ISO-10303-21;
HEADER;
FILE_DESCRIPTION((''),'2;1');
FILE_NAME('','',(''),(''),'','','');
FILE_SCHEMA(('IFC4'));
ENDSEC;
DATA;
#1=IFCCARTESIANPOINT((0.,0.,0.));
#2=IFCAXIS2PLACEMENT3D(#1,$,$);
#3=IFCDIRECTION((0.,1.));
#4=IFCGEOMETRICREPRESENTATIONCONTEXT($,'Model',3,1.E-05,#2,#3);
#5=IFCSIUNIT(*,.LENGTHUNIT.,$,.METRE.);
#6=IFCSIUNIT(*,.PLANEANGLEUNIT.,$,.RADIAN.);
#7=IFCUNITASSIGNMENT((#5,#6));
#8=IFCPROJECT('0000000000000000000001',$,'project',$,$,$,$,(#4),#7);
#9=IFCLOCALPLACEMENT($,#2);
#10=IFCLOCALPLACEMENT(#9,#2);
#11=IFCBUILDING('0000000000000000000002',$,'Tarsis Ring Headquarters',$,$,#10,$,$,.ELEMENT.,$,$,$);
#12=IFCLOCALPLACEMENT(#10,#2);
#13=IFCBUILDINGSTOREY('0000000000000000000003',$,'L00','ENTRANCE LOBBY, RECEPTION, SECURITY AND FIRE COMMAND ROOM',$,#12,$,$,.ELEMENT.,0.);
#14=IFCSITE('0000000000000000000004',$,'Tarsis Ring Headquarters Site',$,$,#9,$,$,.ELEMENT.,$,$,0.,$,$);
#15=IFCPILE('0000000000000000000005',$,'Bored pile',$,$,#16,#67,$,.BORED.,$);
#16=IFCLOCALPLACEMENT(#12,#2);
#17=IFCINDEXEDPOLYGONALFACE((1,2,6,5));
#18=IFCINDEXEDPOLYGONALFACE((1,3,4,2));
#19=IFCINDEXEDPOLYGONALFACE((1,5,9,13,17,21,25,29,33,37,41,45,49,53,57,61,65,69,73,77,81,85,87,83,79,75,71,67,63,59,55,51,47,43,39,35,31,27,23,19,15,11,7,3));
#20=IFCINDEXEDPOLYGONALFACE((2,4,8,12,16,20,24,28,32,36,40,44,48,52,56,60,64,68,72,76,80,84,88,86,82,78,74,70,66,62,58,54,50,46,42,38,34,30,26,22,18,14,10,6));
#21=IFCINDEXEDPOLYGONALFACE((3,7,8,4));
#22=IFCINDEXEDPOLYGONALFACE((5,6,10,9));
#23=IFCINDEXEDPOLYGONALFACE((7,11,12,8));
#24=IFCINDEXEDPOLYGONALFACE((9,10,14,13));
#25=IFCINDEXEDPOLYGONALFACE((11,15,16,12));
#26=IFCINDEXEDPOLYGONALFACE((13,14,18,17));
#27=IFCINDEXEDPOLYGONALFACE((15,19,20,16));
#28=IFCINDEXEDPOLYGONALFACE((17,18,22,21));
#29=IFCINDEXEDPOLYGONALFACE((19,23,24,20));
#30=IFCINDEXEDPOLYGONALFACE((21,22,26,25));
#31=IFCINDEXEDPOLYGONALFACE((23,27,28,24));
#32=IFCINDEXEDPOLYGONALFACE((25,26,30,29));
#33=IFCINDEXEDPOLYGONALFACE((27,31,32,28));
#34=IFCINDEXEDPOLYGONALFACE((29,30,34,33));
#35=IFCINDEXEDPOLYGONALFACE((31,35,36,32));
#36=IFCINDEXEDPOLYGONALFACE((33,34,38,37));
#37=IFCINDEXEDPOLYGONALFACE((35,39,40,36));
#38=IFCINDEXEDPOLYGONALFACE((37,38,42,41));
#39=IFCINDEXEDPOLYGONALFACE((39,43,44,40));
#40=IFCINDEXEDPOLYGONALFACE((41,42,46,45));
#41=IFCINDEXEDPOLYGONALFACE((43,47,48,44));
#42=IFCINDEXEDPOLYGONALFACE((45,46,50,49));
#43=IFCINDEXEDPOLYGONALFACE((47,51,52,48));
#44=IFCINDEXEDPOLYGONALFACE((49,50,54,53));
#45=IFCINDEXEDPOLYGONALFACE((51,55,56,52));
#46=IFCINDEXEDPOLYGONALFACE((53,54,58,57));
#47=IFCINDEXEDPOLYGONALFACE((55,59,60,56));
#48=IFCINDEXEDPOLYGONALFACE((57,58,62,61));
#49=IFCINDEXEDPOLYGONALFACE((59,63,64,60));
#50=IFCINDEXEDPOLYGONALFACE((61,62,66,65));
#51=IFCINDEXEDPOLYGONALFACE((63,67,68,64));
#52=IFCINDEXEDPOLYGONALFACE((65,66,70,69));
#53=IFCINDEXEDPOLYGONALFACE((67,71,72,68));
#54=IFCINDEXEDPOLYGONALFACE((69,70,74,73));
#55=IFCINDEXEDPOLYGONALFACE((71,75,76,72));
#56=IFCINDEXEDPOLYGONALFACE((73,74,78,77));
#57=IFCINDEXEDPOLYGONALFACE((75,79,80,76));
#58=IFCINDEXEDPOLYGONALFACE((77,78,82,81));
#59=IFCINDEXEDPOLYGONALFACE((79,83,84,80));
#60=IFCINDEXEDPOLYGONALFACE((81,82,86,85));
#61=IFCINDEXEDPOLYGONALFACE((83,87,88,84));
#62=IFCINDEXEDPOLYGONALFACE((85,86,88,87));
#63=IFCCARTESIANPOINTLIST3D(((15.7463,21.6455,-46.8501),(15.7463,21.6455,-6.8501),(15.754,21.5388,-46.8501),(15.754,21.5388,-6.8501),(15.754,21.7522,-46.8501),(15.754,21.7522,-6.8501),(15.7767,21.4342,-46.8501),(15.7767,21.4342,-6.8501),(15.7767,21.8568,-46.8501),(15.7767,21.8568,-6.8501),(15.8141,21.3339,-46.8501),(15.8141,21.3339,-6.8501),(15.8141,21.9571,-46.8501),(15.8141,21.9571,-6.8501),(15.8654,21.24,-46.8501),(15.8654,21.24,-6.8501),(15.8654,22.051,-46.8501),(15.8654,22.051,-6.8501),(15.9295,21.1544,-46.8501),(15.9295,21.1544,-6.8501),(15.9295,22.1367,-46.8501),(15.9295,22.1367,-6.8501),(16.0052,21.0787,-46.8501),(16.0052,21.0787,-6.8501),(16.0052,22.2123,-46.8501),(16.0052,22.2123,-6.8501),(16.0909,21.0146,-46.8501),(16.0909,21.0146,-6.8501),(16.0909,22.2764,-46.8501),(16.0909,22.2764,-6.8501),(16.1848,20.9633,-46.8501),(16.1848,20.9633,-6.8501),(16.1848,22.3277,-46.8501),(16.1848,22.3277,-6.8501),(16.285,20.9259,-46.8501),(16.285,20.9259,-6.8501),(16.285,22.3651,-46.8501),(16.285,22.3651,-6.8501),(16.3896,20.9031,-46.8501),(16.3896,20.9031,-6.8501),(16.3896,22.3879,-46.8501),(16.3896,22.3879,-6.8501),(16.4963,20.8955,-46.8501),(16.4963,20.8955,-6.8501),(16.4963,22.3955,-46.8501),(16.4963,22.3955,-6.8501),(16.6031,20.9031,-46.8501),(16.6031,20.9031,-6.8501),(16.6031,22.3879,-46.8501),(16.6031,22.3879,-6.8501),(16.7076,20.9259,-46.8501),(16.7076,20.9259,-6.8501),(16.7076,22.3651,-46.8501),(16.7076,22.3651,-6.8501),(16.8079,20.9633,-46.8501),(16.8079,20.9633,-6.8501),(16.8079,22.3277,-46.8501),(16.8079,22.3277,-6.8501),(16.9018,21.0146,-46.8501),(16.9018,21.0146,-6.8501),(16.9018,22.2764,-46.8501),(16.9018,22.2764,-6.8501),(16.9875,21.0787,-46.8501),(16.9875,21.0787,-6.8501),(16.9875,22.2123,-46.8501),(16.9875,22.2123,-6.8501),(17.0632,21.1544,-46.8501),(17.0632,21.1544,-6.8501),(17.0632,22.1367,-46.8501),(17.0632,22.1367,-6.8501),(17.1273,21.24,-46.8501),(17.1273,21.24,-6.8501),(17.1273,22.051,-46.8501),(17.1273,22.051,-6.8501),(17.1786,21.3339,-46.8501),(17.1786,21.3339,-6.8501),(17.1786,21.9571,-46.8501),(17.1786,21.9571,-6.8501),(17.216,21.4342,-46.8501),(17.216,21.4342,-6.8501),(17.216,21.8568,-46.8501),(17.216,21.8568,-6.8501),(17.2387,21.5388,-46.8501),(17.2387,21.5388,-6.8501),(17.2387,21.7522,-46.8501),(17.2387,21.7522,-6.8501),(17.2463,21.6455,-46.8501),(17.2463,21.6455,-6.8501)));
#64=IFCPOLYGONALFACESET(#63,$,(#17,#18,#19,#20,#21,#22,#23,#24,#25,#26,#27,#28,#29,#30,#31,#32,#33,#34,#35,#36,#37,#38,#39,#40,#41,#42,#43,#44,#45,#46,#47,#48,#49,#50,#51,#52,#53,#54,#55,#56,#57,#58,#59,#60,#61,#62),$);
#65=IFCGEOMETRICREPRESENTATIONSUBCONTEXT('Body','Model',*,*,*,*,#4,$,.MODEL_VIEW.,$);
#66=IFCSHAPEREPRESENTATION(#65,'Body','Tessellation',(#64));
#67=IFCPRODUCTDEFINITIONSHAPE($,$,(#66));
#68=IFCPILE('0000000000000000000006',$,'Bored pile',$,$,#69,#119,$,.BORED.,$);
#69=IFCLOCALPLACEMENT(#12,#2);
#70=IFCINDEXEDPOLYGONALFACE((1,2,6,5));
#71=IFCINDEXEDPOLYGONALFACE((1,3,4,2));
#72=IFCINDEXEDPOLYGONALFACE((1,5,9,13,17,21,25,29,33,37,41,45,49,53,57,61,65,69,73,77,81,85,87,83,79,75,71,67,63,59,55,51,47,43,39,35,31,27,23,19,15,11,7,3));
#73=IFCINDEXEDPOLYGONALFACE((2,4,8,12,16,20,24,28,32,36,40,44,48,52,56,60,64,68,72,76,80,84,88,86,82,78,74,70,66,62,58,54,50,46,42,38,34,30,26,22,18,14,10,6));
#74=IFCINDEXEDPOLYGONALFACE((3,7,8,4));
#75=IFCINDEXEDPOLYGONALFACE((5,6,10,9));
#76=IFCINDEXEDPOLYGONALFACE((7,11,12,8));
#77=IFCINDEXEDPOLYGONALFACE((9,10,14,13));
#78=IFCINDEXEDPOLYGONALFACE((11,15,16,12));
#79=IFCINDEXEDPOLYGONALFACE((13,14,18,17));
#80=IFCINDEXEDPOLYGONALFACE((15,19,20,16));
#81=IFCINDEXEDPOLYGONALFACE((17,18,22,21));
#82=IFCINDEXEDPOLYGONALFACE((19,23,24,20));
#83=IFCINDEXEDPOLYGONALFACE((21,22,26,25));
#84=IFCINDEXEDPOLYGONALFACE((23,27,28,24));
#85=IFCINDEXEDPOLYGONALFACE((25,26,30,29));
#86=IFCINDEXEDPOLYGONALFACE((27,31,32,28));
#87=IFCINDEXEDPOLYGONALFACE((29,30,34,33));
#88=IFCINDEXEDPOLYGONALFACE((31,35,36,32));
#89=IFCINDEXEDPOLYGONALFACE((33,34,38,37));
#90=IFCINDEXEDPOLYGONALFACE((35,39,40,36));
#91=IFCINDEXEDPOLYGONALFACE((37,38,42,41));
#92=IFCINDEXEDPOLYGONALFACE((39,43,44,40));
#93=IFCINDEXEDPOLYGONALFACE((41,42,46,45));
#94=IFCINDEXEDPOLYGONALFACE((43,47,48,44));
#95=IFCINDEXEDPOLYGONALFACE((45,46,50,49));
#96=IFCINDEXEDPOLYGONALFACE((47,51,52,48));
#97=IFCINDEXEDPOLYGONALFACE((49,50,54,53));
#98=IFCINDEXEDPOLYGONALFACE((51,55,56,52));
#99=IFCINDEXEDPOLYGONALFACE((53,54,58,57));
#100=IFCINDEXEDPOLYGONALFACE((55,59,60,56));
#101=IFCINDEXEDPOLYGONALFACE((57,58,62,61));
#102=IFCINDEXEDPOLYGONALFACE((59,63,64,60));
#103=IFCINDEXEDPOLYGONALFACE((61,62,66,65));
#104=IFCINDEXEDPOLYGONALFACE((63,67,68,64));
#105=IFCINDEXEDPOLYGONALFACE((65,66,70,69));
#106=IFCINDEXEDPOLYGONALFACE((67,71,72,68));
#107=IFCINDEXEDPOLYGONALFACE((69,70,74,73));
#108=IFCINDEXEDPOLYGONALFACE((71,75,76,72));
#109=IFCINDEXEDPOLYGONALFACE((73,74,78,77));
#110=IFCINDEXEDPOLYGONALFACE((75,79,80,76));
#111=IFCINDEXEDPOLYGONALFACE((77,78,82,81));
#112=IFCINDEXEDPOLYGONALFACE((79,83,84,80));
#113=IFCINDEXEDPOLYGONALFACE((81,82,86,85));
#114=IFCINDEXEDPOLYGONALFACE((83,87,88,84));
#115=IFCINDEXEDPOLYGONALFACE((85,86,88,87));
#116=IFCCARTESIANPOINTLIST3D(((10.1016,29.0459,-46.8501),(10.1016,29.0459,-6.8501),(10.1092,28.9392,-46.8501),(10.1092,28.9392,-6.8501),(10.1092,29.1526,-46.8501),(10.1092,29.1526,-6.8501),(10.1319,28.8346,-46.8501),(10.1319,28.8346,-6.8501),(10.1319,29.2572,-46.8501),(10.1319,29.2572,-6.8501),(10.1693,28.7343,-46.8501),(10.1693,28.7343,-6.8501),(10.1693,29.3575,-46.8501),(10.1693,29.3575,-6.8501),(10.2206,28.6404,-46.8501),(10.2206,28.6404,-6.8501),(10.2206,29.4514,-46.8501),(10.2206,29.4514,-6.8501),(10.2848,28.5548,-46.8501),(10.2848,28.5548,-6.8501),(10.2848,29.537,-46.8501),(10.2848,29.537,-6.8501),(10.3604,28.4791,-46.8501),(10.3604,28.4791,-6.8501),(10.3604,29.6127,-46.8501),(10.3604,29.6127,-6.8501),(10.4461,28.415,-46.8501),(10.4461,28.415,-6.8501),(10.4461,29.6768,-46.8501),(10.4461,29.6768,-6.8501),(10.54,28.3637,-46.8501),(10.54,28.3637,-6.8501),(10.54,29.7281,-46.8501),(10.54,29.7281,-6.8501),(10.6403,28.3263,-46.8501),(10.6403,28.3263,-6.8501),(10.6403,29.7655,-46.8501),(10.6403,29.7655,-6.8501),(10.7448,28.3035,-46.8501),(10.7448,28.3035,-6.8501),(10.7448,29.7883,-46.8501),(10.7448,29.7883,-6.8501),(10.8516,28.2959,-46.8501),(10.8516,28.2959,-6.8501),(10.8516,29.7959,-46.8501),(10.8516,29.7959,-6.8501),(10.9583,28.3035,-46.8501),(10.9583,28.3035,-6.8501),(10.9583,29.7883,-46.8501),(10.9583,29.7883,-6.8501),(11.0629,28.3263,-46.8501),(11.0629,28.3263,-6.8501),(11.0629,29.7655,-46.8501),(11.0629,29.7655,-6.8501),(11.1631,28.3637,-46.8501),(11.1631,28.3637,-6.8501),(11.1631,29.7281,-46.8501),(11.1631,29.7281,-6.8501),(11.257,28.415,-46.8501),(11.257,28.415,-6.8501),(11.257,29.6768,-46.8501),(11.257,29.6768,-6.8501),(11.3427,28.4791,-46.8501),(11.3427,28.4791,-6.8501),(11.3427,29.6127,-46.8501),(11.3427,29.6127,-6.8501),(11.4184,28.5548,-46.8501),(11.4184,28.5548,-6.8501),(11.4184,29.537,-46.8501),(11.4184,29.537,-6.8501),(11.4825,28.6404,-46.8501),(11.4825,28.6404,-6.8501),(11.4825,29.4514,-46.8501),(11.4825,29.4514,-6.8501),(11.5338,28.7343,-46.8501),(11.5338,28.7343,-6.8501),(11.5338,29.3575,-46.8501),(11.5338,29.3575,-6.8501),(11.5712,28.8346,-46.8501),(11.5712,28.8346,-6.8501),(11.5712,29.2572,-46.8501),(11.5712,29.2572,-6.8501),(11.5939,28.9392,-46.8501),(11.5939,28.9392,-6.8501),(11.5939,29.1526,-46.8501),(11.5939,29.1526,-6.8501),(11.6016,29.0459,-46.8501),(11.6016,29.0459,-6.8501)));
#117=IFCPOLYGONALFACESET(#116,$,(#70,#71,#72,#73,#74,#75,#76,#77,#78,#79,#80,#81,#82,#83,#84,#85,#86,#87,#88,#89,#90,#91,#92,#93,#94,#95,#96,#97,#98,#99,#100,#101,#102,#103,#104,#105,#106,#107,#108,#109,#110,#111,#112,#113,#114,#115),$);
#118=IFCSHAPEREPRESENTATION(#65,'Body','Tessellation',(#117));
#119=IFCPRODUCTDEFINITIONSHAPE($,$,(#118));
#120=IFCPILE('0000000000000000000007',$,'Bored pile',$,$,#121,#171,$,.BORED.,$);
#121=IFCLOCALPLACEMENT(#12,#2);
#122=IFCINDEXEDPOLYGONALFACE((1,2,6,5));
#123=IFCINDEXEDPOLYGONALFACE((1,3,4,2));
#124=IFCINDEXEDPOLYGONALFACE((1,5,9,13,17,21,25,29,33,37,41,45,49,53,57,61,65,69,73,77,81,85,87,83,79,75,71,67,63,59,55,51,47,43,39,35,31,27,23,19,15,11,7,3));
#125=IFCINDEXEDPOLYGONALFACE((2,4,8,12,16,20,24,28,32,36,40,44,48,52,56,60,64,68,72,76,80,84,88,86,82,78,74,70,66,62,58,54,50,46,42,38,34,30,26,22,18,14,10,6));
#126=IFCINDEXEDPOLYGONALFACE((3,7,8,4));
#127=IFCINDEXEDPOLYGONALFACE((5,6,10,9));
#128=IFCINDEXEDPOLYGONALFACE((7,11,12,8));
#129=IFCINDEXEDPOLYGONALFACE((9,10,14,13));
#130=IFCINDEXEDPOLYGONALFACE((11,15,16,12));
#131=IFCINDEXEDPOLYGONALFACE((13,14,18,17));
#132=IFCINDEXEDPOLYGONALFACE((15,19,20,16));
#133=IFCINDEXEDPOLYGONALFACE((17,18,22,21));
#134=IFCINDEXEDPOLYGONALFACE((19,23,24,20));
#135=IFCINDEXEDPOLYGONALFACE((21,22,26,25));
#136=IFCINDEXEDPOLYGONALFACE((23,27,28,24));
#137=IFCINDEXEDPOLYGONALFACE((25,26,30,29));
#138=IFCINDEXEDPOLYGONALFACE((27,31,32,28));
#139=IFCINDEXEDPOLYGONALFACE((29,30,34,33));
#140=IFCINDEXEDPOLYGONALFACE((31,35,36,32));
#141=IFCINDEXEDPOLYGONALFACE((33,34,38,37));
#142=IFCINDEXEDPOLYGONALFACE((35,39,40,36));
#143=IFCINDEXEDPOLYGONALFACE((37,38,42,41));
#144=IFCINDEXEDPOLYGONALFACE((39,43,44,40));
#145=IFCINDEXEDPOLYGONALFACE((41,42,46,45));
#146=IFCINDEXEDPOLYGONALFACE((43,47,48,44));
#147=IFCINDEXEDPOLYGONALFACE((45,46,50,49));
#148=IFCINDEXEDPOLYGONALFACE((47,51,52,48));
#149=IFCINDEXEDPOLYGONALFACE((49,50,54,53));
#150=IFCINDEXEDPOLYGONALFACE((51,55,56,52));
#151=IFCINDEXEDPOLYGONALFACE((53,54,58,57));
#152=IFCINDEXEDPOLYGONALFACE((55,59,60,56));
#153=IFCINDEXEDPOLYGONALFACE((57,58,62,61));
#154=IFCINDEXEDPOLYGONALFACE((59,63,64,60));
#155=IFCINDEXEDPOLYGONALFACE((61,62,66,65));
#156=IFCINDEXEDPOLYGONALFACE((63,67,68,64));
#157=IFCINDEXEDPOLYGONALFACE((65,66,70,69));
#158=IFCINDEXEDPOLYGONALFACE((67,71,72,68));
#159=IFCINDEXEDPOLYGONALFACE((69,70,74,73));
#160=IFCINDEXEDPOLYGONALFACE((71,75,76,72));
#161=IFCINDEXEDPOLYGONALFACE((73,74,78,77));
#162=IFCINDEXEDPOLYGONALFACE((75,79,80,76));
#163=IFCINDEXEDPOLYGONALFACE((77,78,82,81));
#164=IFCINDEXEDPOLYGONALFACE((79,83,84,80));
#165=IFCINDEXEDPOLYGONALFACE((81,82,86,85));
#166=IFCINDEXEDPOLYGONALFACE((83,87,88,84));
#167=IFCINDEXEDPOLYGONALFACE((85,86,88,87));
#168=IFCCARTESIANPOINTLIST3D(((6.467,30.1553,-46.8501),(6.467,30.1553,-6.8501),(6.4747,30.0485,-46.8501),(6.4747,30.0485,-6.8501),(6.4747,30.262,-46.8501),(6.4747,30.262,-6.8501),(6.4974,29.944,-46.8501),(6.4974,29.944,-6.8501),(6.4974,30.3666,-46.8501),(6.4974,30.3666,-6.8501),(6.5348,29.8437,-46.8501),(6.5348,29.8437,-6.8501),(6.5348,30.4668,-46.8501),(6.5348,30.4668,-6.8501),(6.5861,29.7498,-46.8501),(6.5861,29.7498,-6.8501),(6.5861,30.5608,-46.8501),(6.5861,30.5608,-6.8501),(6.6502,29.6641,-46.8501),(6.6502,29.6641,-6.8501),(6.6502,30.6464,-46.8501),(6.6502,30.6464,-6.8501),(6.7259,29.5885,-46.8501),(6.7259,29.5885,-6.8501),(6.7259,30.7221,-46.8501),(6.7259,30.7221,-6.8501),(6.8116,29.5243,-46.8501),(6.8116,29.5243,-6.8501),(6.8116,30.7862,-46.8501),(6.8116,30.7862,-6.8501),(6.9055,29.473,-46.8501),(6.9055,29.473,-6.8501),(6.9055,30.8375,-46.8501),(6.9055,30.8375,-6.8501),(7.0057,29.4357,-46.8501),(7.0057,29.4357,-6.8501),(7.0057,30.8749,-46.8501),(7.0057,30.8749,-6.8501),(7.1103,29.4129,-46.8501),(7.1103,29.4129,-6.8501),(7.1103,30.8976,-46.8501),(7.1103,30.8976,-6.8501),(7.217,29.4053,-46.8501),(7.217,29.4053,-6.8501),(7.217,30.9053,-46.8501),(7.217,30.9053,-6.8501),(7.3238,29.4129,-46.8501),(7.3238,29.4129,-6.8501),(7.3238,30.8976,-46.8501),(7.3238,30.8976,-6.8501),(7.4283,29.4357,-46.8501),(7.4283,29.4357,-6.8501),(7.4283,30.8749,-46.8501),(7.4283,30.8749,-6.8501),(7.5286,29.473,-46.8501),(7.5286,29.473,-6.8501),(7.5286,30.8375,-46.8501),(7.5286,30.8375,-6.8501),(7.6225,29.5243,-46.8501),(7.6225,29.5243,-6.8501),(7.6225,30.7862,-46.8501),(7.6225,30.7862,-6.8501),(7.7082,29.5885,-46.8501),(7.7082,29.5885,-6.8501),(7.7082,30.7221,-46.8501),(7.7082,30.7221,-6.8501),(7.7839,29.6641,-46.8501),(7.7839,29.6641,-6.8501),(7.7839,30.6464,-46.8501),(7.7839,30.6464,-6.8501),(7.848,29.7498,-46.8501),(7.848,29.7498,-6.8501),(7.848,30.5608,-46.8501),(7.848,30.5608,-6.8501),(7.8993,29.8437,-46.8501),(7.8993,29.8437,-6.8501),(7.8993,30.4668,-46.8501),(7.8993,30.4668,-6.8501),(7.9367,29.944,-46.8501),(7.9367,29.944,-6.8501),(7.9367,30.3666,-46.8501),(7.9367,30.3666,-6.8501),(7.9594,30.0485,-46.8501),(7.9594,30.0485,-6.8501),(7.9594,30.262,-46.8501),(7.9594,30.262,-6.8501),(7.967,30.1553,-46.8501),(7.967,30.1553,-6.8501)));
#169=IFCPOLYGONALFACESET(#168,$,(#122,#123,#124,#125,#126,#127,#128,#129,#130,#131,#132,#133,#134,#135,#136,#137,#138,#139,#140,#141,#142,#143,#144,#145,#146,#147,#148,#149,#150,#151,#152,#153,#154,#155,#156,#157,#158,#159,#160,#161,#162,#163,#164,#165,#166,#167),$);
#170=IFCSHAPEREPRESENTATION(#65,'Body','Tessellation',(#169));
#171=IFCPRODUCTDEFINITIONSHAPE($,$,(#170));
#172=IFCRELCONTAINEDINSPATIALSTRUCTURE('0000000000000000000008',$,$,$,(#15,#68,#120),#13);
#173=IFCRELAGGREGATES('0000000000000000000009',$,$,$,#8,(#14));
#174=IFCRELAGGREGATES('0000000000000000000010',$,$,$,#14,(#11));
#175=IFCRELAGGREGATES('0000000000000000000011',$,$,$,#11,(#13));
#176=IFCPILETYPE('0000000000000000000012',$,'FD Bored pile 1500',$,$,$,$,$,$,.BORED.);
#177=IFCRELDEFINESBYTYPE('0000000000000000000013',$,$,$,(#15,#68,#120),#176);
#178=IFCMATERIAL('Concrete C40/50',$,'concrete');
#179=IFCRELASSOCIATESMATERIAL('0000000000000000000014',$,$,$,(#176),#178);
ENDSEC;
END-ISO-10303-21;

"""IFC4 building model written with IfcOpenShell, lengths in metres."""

from ifc_helpers import new_model, si_unit, direction, frame, origin, origin_2d, place, context, subcontext, project, spatial, circle, extrude, material, material_profile, profile_set, type_object, element, save


model = new_model("IFC4")

# Units and contexts
model_context = context("Model", 3, precision=1e-05, world=origin(), true_north=direction((0.0, 1.0)))
body_context = subcontext(model_context, "Body", "Model", "MODEL_VIEW")
ifc_project = project(units=[si_unit("LENGTHUNIT", "METRE"), si_unit("PLANEANGLEUNIT", "RADIAN")], contexts=[model_context])

# Site, building, storey
site_placement = place(None, origin())
site = spatial("IfcSite", under=ifc_project, at=site_placement, Name="Tarsis Ring Headquarters Site", CompositionType="ELEMENT", RefElevation=0.0)
building_placement = place(site_placement, origin())
building = spatial("IfcBuilding", under=site, at=building_placement, Name="Tarsis Ring Headquarters", CompositionType="ELEMENT")
storey_placement = place(building_placement, origin())
storey = spatial("IfcBuildingStorey", under=building, at=storey_placement, Name="L00", Description="ENTRANCE LOBBY, RECEPTION, SECURITY AND FIRE COMMAND ROOM", CompositionType="ELEMENT", Elevation=0.0)

# Piles
ifc_material_1 = material(Name="Concrete C40/50", Category="concrete")
ifc_material_profile_1 = material_profile(ifc_material_1, circle(Radius=0.75, at=origin_2d()), Name="BORED 1500")
ifc_profile_set_1 = profile_set([ifc_material_profile_1], Name="Concrete C40/50")
pile_type = type_object("IfcPileType", Name="FD Bored pile 1500", PredefinedType="BORED", material=ifc_profile_set_1)
for number, where, z_axis, x_axis, name in (
    (1, (16.4963, 21.6455, -6.8501), (0.0, 0.0, -1.0), (1.0, 0.0, 0.0), "Bored pile"),
    (2, (10.8516, 29.0459, -6.8501), (0.0, 0.0, -1.0), (1.0, 0.0, 0.0), "Bored pile"),
    (3, (7.217, 30.1553, -6.8501), (0.0, 0.0, -1.0), (1.0, 0.0, 0.0), "Bored pile"),
):
    element("IfcPile", number, at=place(storey_placement, frame(where, z_axis=z_axis, x_axis=x_axis)), inside=storey, type_object=pile_type, Name=name, PredefinedType="BORED", context=body_context, shape_type="SweptSolid", body=[
        extrude(circle(Radius=0.75, at=origin_2d()), origin(), (0.0, 0.0, 1.0), 40.0),
    ])

save(model, "model.ifc")
